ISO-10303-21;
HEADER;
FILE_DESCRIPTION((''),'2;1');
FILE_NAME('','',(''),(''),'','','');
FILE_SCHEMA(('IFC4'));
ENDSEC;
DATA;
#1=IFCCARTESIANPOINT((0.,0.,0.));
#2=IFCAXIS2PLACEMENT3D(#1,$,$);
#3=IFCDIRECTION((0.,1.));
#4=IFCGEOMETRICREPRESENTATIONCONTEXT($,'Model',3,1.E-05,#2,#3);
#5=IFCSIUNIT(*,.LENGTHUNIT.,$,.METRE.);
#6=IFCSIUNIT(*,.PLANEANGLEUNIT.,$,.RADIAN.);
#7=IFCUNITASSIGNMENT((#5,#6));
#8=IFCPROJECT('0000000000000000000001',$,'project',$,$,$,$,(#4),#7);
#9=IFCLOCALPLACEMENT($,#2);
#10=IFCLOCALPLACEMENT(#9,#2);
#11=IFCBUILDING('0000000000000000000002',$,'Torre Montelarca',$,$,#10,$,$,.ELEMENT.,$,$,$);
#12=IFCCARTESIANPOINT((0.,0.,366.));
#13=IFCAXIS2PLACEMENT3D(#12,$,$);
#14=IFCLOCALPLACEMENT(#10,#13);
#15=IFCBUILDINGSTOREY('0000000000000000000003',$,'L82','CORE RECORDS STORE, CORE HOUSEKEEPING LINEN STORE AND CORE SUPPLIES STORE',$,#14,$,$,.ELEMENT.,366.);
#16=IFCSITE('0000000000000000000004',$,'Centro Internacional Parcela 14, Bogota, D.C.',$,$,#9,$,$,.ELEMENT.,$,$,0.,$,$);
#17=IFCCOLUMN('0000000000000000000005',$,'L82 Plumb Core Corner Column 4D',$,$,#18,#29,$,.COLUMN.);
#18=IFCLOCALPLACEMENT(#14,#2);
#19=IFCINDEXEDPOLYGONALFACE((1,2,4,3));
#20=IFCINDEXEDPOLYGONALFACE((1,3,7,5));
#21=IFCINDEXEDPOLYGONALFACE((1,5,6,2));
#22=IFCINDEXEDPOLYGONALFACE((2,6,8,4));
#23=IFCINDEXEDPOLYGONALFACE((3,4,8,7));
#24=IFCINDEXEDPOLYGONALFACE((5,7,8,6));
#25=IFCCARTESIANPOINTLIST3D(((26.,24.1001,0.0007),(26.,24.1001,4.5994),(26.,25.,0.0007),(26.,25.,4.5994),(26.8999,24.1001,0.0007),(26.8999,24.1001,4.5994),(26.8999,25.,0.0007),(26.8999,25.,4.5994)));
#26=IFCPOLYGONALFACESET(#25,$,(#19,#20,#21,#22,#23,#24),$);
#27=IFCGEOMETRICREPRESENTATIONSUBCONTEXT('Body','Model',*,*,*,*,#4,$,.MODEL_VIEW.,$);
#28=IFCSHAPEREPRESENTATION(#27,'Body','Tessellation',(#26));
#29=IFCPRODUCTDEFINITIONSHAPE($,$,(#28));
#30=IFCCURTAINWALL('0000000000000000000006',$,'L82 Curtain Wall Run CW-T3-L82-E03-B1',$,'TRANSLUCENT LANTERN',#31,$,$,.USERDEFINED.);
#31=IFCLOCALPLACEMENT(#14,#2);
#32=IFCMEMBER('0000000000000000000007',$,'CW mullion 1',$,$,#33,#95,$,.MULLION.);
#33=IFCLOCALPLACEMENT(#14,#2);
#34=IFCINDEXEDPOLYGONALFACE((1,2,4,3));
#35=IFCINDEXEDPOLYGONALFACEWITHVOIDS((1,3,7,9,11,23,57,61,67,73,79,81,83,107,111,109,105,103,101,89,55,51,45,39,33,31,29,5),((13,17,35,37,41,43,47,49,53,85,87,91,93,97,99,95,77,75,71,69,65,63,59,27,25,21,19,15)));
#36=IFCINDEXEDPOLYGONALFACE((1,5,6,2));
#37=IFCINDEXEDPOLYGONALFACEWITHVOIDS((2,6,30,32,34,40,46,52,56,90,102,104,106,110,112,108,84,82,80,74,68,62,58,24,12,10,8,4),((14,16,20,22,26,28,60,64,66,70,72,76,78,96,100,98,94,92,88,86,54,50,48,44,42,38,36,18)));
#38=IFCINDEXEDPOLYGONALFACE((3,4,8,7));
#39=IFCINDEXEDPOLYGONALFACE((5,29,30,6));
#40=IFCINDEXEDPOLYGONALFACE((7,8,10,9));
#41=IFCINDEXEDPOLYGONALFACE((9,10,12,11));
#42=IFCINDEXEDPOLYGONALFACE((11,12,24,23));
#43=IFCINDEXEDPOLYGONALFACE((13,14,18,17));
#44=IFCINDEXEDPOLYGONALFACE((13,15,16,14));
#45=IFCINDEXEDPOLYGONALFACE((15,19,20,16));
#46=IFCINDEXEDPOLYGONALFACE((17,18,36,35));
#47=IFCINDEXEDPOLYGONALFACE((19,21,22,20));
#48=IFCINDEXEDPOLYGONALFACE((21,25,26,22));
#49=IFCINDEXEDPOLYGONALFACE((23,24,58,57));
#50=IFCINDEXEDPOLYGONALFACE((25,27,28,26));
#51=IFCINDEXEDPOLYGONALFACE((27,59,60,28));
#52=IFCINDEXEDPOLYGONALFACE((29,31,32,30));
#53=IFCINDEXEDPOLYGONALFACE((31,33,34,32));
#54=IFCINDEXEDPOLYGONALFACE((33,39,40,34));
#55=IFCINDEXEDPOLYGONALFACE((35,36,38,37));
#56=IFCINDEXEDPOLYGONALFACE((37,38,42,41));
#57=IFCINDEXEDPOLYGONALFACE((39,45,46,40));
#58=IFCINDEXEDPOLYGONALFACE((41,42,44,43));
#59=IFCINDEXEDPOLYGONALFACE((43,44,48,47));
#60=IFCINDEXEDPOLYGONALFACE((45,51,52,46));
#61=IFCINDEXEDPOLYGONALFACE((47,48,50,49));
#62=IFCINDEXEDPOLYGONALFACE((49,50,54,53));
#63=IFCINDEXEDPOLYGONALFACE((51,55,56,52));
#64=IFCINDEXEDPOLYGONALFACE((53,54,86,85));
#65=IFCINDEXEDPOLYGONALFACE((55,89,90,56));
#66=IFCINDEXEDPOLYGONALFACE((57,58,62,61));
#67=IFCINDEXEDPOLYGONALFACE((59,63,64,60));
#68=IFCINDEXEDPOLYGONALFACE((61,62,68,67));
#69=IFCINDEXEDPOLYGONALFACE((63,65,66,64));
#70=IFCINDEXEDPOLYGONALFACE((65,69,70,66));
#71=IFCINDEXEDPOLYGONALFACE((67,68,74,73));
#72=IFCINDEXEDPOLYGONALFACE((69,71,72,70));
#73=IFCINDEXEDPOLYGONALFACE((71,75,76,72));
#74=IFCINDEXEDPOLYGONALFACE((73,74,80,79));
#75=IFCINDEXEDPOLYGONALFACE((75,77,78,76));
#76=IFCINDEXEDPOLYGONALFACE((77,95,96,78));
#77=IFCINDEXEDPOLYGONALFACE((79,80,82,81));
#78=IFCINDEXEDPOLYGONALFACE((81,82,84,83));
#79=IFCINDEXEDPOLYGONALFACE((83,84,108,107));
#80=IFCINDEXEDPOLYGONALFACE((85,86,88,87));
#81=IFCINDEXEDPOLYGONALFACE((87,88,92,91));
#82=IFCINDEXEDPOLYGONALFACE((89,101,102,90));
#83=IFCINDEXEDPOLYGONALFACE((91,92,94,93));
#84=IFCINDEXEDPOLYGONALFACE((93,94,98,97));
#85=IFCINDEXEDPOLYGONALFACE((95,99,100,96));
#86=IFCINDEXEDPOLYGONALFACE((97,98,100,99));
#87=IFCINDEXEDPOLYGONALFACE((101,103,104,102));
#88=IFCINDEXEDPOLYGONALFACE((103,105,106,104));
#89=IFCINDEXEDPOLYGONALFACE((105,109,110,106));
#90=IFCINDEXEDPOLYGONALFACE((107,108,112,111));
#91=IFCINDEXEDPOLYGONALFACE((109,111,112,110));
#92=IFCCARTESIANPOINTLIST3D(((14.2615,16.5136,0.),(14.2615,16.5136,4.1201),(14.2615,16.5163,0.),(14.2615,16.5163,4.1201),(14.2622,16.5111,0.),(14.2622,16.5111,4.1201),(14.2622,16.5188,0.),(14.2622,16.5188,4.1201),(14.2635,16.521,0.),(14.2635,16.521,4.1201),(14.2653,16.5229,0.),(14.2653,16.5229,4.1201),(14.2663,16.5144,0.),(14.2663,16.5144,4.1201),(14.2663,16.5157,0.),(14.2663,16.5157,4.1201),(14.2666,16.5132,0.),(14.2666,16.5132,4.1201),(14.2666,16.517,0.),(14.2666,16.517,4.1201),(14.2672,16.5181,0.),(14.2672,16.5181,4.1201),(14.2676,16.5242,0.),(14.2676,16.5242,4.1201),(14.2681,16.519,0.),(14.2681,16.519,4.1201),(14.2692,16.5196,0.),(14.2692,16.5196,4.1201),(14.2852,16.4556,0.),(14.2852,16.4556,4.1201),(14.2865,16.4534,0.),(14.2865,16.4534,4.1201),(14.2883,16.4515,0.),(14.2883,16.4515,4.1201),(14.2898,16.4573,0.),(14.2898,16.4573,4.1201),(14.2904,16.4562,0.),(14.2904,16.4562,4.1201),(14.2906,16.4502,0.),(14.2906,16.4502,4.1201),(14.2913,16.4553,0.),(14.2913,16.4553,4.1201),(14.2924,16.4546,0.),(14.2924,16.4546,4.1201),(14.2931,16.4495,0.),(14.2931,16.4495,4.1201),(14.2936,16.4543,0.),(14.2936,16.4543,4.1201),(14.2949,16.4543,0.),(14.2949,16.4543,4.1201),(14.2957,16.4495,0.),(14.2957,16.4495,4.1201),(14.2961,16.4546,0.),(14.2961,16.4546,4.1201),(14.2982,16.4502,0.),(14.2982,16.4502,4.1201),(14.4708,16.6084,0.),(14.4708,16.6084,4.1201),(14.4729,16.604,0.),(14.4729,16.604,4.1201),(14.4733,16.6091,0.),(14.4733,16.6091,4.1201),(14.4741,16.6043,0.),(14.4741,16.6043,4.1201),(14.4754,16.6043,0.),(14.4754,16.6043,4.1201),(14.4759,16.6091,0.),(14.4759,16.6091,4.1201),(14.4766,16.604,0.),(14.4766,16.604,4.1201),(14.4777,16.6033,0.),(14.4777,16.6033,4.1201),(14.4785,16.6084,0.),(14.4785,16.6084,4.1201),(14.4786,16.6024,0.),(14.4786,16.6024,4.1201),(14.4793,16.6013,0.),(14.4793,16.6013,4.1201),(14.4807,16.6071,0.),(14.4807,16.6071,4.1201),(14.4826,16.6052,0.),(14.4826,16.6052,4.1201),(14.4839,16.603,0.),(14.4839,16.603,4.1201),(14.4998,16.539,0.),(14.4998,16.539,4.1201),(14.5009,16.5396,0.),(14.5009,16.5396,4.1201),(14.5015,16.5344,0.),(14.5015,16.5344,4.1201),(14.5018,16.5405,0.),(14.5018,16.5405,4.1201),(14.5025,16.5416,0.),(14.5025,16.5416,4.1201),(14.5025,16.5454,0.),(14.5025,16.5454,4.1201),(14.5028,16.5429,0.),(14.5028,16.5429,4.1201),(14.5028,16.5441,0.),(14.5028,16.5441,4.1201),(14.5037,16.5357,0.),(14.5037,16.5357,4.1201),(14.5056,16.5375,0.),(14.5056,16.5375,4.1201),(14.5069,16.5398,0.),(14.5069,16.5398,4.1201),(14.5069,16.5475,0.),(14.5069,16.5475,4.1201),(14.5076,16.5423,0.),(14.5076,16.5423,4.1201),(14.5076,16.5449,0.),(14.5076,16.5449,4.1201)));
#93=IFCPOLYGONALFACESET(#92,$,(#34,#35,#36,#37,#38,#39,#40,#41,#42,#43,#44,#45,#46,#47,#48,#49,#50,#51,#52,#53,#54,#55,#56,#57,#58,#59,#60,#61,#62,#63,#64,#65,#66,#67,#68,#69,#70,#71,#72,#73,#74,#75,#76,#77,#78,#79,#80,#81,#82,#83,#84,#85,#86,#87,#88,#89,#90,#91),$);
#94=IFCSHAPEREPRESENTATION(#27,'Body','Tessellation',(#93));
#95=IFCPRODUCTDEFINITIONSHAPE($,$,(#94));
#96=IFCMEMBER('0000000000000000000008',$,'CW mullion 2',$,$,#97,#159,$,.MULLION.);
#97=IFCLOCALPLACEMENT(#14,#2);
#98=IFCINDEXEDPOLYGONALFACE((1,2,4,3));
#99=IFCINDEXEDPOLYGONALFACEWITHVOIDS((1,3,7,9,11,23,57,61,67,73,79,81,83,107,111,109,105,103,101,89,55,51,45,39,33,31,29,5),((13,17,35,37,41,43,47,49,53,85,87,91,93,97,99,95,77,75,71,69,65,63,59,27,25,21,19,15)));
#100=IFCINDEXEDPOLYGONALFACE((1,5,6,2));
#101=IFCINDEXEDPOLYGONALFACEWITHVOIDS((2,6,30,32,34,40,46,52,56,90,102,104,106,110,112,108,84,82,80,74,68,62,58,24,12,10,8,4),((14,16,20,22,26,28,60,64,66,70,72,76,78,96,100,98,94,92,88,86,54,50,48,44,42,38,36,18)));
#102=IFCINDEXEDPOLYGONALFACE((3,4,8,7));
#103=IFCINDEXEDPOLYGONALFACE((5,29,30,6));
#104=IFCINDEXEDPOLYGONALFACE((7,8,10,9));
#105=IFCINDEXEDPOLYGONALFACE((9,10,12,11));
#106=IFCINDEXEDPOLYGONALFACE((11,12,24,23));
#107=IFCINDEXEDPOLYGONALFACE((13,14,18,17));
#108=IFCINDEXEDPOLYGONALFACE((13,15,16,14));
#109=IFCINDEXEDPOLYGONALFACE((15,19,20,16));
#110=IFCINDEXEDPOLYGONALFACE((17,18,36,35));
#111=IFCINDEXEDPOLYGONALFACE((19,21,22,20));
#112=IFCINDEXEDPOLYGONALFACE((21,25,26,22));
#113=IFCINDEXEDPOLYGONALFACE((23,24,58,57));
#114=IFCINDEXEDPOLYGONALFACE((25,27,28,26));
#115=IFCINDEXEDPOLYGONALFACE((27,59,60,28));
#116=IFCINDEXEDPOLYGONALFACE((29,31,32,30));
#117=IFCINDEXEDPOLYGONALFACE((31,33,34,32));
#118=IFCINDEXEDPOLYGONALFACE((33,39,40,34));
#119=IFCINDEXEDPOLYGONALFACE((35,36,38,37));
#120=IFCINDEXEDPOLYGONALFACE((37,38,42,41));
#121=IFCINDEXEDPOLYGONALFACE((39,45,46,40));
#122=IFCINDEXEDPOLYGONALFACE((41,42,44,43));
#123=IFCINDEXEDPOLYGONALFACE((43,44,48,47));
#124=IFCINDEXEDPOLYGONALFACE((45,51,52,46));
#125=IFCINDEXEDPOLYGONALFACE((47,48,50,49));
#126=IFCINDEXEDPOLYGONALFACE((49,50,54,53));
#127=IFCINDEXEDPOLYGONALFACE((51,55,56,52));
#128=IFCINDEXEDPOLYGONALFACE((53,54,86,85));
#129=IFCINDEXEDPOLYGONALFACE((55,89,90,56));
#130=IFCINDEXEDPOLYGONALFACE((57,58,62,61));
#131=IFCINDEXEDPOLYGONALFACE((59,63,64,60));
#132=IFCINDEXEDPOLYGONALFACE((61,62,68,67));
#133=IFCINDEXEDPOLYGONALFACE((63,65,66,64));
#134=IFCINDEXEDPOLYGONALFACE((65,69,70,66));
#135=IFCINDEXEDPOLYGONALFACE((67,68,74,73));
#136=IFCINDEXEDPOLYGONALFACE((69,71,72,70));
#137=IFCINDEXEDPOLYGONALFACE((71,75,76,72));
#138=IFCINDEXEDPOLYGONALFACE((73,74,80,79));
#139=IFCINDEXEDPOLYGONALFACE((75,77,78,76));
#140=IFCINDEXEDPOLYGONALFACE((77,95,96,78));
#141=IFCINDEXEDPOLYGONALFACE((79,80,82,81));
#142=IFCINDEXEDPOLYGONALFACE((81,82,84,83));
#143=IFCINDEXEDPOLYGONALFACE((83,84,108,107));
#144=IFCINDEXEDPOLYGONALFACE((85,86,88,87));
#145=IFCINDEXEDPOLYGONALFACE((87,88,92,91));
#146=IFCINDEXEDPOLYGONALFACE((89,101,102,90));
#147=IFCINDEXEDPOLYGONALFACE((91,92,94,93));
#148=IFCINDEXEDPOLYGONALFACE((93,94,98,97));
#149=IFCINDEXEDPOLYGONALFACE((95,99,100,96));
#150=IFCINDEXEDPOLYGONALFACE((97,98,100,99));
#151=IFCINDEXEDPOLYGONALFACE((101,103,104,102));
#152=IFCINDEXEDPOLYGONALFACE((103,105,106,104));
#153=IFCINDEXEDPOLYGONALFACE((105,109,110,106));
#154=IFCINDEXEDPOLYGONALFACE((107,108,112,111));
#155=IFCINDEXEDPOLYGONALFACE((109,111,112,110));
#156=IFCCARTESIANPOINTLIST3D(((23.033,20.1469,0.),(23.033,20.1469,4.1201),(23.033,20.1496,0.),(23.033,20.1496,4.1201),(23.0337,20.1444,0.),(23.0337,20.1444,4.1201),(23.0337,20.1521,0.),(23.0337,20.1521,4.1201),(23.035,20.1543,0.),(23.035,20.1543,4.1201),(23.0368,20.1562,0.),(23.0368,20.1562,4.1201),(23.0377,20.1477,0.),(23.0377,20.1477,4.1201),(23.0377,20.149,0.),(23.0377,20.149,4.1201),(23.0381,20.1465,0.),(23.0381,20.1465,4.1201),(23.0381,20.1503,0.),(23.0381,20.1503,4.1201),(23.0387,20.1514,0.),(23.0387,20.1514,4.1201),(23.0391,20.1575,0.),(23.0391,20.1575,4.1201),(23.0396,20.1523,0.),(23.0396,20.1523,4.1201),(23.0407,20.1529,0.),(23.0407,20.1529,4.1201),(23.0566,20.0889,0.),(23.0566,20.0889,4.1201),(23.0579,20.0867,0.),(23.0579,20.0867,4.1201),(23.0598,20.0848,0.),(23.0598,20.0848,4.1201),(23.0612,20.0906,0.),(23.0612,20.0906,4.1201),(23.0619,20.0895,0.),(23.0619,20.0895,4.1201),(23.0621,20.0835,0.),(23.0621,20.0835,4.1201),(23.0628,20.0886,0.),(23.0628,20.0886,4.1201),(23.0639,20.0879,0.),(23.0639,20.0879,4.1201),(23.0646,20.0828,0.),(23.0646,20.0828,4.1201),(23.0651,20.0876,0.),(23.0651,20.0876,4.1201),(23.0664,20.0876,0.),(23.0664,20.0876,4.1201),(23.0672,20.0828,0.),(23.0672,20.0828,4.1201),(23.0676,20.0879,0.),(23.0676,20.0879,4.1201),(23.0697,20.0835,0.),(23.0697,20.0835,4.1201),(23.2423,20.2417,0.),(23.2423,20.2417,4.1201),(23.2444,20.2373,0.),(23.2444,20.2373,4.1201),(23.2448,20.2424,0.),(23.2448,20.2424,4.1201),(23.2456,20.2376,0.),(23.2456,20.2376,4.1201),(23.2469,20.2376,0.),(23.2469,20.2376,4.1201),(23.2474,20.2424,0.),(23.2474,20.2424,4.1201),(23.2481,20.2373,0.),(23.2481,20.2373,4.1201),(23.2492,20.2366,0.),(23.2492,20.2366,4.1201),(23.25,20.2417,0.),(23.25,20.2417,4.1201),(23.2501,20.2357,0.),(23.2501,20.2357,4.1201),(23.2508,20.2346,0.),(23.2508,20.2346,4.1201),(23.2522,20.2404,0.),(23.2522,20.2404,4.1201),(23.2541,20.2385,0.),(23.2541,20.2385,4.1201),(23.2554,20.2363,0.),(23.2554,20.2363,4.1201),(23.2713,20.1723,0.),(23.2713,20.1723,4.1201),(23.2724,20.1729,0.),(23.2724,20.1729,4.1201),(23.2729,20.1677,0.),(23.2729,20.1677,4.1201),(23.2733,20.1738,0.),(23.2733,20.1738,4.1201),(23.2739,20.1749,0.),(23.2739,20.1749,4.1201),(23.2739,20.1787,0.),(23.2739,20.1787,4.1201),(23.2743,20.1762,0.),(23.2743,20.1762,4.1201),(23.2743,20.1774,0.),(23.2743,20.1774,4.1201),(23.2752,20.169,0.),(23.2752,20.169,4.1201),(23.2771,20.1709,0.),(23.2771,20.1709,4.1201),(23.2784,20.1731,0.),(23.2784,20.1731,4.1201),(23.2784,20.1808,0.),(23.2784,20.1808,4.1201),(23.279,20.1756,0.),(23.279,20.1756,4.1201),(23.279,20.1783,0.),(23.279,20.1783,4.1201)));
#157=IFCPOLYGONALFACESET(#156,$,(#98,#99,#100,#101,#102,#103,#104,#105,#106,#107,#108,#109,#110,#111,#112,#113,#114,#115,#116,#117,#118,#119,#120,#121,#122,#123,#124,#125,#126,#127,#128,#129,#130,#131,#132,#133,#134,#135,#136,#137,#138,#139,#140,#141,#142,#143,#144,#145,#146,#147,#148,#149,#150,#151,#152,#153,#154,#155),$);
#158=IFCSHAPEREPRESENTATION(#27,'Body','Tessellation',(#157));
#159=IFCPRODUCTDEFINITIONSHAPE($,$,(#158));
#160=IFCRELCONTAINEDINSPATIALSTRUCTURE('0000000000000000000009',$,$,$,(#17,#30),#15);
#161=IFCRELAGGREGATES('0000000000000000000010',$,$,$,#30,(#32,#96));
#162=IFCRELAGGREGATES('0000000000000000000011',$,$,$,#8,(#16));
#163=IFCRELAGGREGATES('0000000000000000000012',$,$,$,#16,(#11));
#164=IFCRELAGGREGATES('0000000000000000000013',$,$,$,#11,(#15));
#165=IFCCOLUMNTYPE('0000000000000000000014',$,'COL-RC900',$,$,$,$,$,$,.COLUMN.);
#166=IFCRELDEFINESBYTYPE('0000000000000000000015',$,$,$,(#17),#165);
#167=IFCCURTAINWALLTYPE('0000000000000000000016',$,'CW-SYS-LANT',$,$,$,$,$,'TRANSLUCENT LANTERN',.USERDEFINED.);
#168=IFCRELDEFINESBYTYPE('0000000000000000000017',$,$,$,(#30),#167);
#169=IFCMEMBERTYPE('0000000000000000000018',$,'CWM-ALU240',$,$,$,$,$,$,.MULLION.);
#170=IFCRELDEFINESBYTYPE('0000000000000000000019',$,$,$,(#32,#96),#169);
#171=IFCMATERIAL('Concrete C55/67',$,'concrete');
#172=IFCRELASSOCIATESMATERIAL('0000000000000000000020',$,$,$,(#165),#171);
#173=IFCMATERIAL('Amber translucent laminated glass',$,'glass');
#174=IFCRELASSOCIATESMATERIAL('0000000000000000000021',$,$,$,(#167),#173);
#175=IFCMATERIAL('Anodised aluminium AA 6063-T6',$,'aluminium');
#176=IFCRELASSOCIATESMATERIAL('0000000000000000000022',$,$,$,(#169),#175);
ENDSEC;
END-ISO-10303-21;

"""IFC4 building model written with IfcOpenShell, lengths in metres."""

from ifc_helpers import new_model, si_unit, direction, frame, origin, origin_2d, place, context, subcontext, project, spatial, rectangle, hollow_rectangle, extrude, source, transform, mapped, material, material_profile, profile_set, type_object, element, aggregate, save


model = new_model("IFC4")

# Units and contexts
model_context = context("Model", 3, precision=1e-05, world=origin(), true_north=direction((0.0, 1.0)))
body_context = subcontext(model_context, "Body", "Model", "MODEL_VIEW")
ifc_project = project(units=[si_unit("LENGTHUNIT", "METRE"), si_unit("PLANEANGLEUNIT", "RADIAN")], contexts=[model_context])

# Site, building, storey
site_placement = place(None, origin())
site = spatial("IfcSite", under=ifc_project, at=site_placement, Name="Centro Internacional Parcela 14, Bogota, D.C.", CompositionType="ELEMENT", RefElevation=0.0)
building_placement = place(site_placement, origin())
building = spatial("IfcBuilding", under=site, at=building_placement, Name="Torre Montelarca", CompositionType="ELEMENT")
storey_placement = place(building_placement, frame((0.0, 0.0, 366.0)))
storey = spatial("IfcBuildingStorey", under=building, at=storey_placement, Name="L82", Description="CORE RECORDS STORE, CORE HOUSEKEEPING LINEN STORE AND CORE SUPPLIES STORE", CompositionType="ELEMENT", Elevation=366.0)

# Column
ifc_material_1 = material(Name="Concrete C55/67", Category="concrete")
ifc_material_profile_1 = material_profile(ifc_material_1, rectangle(XDim=0.8999, YDim=0.8999, at=origin_2d()), Name="RC900X900", Category="concrete")
ifc_profile_set_1 = profile_set([ifc_material_profile_1], Name="Concrete C55/67")
column_type = type_object("IfcColumnType", Name="COL-RC900", PredefinedType="COLUMN", material=ifc_profile_set_1)
shared_shape_1 = source(origin(), body_context, "Body", "SweptSolid", [
    extrude(rectangle(XDim=0.8999, YDim=0.8999, at=origin_2d()), origin(), (0.0, 0.0, 1.0), 4.5986),
])
column_placement = place(storey_placement, frame((26.45, 24.55, 0.0007), z_axis=(0.0, 0.0, 1.0), x_axis=(1.0, 0.0, 0.0)))
element("IfcColumn", 1, at=column_placement, inside=storey, type_object=column_type, Name="L82 Plumb Core Corner Column 4D", PredefinedType="COLUMN", context=body_context, shape_type="MappedRepresentation", body=[
    mapped(shared_shape_1, transform((0.0, 0.0, 0.0), scale=1.0)),
])

# Curtain wall, members
ifc_material_2 = material(Name="Amber translucent laminated glass", Category="glass")
curtain_wall_type = type_object("IfcCurtainWallType", Name="CW-SYS-LANT", ElementType="TRANSLUCENT LANTERN", PredefinedType="USERDEFINED", material=ifc_material_2)
curtain_wall_1_placement = place(storey_placement, origin())
curtain_wall_1 = element("IfcCurtainWall", 2, at=curtain_wall_1_placement, inside=storey, type_object=curtain_wall_type, Name="L82 Curtain Wall Run CW-T3-L82-E03-B1", ObjectType="TRANSLUCENT LANTERN", PredefinedType="USERDEFINED")
ifc_material_3 = material(Name="Anodised aluminium AA 6063-T6", Category="aluminium")
ifc_material_profile_2 = material_profile(ifc_material_3, hollow_rectangle(XDim=0.0801, YDim=0.24, WallThickness=0.0049, InnerFilletRadius=0.0049, OuterFilletRadius=0.01, at=origin_2d()), Name="ALU80X240X5", Category="aluminium")
ifc_profile_set_2 = profile_set([ifc_material_profile_2], Name="Anodised aluminium AA 6063-T6")
member_type_1 = type_object("IfcMemberType", Name="CWM-ALU240", PredefinedType="MULLION", material=ifc_profile_set_2)
shared_shape_2 = source(origin(), body_context, "Body", "SweptSolid", [
    extrude(hollow_rectangle(XDim=0.0801, YDim=0.24, WallThickness=0.0049, InnerFilletRadius=0.0049, OuterFilletRadius=0.01, at=origin_2d()), origin(), (0.0, 0.0, 1.0), 4.1201),
])
member_1_placement = place(storey_placement, frame((14.3845, 16.5293, 0.0), z_axis=(0.0, 0.0, 1.0), x_axis=(-0.382683, 0.92388, 0.0)))
member_1 = element("IfcMember", 3, at=member_1_placement, type_object=member_type_1, Name="CW mullion 1", PredefinedType="MULLION", context=body_context, shape_type="MappedRepresentation", body=[
    mapped(shared_shape_2, transform((0.0, 0.0, 0.0), scale=1.0)),
])
member_2_placement = place(storey_placement, frame((23.156, 20.1626, 0.0), z_axis=(0.0, 0.0, 1.0), x_axis=(-0.382683, 0.92388, 0.0)))
member_2 = element("IfcMember", 4, at=member_2_placement, type_object=member_type_1, Name="CW mullion 2", PredefinedType="MULLION", context=body_context, shape_type="MappedRepresentation", body=[
    mapped(shared_shape_2, transform((0.0, 0.0, 0.0), scale=1.0)),
])

aggregate(curtain_wall_1, [member_1, member_2])

save(model, "model.ifc")
